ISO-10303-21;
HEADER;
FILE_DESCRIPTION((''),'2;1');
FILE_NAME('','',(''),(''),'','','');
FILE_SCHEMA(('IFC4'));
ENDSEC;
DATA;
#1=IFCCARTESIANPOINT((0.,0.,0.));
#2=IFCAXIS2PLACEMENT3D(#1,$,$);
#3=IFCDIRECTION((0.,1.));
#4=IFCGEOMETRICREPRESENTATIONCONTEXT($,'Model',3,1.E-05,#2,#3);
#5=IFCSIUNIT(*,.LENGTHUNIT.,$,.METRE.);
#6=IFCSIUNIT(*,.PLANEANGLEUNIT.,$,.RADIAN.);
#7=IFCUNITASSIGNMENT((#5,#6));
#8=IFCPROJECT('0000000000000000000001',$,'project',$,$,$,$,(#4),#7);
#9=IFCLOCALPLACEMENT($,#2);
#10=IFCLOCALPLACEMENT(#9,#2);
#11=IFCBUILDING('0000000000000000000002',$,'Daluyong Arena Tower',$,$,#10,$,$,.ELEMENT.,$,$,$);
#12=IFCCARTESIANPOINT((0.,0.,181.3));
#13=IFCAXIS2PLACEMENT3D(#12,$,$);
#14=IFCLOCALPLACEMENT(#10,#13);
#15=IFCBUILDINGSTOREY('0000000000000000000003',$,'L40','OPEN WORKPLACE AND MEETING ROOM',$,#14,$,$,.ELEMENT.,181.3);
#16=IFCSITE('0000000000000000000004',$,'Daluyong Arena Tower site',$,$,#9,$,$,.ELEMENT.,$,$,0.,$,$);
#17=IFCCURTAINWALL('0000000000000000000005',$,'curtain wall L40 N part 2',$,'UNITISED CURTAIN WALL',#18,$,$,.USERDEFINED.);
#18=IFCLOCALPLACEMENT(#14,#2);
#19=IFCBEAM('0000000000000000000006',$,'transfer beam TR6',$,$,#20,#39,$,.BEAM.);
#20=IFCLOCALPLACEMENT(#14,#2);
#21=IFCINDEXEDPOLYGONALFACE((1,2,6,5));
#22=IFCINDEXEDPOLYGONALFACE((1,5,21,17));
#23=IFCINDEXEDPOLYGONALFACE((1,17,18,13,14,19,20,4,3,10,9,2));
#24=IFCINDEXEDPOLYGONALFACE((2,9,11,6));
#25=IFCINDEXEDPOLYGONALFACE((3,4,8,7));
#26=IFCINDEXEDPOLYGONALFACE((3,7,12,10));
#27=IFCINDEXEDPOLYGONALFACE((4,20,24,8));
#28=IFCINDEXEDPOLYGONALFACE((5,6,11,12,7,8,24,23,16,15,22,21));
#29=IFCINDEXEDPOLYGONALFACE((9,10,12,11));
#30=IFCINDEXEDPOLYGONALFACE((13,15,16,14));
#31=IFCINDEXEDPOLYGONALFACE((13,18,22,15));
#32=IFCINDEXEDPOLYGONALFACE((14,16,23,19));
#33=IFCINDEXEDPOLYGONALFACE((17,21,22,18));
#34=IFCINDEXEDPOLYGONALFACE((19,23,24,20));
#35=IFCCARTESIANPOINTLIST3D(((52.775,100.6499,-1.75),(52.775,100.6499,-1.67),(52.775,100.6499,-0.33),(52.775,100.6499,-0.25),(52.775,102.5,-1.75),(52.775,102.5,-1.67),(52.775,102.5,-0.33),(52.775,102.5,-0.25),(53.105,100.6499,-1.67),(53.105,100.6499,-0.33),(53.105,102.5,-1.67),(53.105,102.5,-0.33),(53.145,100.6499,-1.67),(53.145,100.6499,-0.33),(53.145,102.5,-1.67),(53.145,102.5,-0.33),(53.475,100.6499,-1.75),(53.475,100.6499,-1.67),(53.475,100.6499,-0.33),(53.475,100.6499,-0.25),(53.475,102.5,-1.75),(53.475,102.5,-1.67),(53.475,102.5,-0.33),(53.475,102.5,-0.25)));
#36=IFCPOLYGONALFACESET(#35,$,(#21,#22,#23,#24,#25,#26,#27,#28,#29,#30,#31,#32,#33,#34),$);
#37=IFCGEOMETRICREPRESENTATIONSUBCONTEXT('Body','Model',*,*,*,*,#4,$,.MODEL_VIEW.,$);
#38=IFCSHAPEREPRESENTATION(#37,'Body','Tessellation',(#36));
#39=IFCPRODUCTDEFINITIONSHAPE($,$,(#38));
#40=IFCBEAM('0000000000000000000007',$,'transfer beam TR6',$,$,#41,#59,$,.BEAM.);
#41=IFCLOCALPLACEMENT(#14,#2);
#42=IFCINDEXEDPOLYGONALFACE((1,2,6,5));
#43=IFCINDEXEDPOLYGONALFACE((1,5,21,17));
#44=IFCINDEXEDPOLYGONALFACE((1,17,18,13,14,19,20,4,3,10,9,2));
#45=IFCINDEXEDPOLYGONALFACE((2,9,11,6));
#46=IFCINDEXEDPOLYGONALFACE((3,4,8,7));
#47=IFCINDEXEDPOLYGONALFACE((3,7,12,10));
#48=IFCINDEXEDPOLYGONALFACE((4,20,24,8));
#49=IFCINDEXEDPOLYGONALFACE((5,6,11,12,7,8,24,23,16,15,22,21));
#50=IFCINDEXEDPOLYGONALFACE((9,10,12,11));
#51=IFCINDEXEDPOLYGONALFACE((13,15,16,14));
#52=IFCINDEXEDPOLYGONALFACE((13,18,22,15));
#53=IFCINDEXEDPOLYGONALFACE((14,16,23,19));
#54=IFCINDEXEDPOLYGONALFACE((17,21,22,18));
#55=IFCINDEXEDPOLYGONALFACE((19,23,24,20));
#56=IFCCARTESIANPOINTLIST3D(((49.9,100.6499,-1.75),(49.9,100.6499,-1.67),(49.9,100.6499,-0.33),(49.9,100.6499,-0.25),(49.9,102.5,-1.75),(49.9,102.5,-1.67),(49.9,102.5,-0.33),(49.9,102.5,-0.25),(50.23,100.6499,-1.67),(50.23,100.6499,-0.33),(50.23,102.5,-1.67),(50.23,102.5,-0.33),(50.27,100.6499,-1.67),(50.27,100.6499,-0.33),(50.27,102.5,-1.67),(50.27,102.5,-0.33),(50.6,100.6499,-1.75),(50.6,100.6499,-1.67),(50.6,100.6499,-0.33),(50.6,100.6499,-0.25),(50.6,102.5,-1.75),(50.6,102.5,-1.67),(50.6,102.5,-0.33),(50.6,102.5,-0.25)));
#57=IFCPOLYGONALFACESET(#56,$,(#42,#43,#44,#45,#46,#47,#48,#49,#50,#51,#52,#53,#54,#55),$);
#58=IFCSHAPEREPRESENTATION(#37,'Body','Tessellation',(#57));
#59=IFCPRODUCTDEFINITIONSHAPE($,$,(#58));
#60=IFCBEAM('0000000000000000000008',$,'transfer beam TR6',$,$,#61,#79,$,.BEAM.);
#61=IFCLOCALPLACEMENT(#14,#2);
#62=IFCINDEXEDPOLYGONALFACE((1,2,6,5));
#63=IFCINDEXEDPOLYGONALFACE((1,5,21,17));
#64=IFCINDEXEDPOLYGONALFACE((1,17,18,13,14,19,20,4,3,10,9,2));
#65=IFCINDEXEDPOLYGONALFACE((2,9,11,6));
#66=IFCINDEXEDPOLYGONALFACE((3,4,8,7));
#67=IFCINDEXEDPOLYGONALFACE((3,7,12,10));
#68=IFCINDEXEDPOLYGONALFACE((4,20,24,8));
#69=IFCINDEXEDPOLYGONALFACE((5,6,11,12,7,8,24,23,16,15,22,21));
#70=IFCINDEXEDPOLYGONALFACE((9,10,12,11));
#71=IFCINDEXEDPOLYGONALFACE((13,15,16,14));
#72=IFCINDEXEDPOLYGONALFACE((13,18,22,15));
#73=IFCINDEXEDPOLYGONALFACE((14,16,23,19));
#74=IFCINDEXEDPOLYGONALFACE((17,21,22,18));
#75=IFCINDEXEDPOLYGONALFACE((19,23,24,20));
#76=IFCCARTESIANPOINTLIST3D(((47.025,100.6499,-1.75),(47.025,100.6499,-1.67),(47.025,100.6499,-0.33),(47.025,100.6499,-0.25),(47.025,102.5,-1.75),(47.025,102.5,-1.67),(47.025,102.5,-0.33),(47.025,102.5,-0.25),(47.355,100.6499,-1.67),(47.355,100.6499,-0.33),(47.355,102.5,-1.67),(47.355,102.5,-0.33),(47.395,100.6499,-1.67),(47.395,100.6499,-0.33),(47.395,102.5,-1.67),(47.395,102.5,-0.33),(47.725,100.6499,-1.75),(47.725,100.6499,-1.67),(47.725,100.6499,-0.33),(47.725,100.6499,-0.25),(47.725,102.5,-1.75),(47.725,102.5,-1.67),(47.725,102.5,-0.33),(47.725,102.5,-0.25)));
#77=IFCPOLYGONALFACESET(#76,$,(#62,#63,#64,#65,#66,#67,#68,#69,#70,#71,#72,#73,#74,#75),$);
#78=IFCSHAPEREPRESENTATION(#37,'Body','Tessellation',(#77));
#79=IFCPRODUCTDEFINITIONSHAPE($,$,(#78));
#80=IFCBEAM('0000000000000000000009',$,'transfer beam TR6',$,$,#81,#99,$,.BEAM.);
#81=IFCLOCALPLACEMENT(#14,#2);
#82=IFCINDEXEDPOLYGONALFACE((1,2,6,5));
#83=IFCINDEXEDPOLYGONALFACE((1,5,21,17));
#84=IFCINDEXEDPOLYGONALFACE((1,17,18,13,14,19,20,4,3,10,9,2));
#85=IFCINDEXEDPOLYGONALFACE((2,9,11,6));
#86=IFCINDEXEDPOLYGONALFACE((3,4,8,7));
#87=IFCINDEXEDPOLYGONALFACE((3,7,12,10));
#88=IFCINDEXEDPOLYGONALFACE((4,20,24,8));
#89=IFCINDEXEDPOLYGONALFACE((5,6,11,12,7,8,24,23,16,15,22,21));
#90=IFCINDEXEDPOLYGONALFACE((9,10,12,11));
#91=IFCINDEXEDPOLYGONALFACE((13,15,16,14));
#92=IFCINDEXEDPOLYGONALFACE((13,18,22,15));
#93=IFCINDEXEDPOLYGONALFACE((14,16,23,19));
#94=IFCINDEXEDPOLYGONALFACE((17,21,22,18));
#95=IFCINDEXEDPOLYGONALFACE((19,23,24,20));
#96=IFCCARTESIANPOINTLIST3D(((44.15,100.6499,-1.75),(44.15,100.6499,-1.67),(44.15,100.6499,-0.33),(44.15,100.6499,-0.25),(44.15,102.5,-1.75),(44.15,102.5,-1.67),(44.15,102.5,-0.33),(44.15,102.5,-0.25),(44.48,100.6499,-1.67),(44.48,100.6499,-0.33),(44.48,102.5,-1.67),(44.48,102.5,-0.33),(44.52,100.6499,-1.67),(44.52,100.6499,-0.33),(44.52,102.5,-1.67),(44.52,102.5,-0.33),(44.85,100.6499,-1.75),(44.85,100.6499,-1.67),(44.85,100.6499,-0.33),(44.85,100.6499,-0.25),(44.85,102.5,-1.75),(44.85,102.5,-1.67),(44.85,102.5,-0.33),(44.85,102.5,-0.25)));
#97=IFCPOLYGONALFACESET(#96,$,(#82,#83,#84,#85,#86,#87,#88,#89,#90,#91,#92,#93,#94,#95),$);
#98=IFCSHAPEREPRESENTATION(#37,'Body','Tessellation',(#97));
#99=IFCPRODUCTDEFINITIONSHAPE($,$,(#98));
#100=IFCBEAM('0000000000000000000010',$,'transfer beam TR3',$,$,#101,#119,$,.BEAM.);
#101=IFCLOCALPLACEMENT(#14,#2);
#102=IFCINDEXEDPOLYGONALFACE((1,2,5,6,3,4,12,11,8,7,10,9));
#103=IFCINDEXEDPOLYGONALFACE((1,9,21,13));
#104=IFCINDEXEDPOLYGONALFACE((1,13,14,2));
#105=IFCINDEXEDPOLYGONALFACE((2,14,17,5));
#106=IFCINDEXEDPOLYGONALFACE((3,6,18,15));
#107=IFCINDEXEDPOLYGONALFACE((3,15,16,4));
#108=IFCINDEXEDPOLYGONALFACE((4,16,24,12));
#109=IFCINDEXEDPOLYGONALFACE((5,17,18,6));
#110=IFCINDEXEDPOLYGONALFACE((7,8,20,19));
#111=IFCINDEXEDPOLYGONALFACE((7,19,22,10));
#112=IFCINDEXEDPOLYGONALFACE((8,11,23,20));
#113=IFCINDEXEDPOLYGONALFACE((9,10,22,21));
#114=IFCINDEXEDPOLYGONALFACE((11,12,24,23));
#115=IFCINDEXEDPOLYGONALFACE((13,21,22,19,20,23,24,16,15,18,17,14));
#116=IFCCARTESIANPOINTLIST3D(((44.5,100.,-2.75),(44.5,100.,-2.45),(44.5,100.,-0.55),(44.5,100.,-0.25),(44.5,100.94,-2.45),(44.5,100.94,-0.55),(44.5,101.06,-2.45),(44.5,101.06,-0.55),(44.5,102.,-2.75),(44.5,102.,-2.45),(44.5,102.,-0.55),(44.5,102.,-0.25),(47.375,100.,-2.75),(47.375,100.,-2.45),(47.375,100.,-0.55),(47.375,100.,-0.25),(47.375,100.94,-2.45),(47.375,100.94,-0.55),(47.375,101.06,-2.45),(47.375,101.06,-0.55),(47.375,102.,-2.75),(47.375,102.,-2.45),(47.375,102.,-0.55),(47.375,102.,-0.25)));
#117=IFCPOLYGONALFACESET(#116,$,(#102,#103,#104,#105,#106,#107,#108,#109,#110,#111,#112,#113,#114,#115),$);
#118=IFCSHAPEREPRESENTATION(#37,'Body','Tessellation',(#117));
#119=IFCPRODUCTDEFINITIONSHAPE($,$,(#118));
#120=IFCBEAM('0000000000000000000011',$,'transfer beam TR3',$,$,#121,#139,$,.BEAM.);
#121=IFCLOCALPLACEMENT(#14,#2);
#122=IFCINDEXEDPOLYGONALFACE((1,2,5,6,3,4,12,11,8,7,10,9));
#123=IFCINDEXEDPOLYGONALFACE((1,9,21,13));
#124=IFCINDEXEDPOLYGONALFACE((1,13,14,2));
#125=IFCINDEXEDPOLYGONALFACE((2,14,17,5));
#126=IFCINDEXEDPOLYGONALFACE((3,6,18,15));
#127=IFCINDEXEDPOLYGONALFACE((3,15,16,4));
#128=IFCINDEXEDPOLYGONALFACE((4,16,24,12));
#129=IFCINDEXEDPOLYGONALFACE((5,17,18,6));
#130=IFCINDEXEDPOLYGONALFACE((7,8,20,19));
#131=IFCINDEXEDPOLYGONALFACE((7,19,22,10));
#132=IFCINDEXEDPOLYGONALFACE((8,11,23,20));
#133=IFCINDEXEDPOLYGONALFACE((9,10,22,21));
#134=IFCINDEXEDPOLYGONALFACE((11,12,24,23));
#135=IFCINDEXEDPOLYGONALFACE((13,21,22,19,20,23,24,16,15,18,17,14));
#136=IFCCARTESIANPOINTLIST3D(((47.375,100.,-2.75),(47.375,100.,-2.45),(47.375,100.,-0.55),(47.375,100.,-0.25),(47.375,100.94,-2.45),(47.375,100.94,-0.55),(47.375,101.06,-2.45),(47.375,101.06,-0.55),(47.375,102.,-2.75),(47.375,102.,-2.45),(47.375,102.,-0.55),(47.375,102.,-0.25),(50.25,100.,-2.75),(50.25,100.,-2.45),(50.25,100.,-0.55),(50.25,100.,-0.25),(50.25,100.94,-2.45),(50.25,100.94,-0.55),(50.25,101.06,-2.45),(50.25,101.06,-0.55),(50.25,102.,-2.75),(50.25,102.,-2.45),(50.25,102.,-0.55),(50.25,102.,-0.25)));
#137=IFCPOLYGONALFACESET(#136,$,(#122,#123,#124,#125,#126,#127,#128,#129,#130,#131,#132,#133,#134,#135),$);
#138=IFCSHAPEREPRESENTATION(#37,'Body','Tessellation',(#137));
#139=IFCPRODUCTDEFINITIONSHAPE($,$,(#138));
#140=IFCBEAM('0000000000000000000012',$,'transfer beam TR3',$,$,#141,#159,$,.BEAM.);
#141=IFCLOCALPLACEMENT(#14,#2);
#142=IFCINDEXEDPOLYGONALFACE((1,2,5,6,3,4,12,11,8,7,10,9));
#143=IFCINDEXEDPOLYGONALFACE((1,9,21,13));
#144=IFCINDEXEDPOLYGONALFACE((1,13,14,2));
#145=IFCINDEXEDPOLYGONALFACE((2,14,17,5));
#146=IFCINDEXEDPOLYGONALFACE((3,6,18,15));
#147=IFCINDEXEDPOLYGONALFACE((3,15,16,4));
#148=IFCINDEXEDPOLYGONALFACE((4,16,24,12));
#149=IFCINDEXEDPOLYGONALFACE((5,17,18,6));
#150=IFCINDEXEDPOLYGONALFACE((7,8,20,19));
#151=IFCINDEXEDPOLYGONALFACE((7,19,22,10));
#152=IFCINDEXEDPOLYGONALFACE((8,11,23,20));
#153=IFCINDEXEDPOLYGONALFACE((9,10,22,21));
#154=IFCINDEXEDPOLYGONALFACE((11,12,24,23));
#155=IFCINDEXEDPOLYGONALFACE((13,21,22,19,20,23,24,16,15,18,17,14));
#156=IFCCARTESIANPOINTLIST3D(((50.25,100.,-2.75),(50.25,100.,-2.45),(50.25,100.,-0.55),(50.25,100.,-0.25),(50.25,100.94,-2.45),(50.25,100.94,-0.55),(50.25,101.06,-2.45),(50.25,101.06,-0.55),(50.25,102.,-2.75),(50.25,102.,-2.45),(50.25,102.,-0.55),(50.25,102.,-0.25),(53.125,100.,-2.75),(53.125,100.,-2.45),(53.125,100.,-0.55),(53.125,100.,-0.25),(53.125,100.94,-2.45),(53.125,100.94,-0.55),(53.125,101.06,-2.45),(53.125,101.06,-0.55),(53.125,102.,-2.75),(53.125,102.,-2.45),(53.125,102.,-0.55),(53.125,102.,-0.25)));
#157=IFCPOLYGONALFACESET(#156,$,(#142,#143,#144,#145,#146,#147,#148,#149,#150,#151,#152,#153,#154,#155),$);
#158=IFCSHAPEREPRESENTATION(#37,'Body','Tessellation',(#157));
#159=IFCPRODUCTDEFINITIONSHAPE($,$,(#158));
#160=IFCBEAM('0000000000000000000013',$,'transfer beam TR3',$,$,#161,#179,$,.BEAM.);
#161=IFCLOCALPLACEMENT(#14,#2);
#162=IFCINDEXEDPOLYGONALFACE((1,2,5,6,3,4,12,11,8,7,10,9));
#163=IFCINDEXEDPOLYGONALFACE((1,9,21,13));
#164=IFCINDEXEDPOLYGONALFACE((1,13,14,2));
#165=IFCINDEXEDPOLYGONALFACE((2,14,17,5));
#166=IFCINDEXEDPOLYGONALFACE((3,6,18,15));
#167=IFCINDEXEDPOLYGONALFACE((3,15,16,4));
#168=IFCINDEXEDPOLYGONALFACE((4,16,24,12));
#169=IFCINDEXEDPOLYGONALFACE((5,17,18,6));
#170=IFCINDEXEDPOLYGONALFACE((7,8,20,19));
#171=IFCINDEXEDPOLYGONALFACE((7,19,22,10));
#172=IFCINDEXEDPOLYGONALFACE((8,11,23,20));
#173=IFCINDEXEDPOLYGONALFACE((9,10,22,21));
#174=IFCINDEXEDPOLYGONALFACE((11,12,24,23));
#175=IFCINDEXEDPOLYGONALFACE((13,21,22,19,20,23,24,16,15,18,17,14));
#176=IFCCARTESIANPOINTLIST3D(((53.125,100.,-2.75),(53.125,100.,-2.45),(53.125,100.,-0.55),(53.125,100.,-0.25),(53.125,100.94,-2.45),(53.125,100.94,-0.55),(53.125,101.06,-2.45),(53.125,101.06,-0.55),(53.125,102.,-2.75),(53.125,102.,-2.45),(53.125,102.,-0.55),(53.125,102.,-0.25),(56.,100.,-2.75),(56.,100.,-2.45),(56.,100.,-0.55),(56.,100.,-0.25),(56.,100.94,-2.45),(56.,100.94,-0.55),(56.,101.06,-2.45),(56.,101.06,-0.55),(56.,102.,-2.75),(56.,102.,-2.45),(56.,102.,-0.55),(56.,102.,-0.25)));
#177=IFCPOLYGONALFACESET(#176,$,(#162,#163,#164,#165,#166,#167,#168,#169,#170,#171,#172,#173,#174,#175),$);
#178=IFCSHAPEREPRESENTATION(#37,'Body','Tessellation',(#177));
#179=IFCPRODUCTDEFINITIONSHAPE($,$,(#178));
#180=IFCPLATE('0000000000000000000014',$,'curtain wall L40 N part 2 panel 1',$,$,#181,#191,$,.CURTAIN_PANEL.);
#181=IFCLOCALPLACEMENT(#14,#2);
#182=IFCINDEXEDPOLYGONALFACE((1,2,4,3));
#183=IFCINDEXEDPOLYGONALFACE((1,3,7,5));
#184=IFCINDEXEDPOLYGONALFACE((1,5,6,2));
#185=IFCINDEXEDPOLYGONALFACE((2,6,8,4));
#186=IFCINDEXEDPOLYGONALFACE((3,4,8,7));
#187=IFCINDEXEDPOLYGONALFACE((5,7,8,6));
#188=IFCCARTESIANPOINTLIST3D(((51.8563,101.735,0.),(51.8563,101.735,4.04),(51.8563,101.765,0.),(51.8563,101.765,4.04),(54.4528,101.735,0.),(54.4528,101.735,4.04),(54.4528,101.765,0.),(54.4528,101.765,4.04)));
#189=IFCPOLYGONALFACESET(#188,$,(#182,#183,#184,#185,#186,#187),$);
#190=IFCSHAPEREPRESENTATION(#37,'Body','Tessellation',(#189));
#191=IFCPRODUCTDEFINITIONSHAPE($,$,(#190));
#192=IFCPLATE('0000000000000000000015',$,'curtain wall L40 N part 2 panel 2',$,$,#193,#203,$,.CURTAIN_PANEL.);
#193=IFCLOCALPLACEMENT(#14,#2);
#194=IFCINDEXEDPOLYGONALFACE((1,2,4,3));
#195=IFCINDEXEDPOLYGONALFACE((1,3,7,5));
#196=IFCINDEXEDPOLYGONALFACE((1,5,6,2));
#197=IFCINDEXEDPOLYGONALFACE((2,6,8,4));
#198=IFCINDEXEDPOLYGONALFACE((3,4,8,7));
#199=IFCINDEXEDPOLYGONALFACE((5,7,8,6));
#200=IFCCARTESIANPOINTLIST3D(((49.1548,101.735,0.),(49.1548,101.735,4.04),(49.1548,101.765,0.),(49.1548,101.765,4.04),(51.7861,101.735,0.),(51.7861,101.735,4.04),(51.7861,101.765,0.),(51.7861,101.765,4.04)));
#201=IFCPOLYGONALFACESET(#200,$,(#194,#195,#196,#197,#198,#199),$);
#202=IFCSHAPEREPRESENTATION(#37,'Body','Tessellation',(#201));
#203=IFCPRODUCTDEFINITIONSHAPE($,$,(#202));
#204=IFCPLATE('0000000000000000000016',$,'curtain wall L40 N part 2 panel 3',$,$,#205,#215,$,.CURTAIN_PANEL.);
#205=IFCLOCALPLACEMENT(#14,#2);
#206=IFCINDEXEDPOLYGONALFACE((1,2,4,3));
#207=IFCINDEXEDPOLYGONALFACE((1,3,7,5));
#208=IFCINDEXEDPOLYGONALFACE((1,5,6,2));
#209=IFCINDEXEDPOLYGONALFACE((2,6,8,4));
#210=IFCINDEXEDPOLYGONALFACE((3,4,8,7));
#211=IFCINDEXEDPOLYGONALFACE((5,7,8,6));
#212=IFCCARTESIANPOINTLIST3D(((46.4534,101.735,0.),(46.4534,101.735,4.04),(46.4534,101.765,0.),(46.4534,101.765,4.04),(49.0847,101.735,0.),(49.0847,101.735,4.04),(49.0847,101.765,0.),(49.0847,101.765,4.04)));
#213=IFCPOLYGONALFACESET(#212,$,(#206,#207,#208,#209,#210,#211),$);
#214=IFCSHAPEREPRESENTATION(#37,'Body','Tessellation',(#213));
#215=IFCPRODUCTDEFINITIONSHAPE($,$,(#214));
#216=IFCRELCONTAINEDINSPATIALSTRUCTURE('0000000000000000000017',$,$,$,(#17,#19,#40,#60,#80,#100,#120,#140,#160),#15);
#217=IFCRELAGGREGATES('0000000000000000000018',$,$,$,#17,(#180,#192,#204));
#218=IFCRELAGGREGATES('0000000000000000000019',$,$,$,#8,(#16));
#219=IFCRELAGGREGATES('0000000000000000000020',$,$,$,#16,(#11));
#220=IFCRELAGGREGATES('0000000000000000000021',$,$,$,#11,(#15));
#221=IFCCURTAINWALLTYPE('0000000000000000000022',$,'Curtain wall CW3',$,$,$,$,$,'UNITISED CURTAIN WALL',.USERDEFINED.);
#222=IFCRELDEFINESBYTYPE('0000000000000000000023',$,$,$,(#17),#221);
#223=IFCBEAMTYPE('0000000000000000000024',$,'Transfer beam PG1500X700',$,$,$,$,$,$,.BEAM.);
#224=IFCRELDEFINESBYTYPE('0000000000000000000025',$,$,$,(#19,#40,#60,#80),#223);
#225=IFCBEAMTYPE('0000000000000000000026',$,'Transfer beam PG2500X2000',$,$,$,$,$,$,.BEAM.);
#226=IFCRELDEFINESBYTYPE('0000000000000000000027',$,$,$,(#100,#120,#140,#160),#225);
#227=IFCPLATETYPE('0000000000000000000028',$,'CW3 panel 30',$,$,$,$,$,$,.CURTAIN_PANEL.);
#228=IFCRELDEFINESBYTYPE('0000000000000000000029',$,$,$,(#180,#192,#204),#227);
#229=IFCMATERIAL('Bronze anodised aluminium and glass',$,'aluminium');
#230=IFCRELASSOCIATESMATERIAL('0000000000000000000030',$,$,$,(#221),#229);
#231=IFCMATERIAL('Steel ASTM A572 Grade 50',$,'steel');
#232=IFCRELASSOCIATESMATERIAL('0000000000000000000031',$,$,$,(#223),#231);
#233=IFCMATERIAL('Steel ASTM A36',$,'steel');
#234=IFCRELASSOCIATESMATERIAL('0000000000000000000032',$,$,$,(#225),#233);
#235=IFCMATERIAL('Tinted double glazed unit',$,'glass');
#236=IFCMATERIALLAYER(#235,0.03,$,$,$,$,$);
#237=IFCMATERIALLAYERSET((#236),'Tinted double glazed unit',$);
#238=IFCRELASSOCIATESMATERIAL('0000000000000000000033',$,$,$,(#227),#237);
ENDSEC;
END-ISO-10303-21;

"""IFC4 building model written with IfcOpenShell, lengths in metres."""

from ifc_helpers import new_model, si_unit, direction, frame, origin, origin_2d, place, context, subcontext, project, spatial, rectangle, i_section, extrude, material, layer, layer_set, material_profile, profile_set, type_object, element, aggregate, save


model = new_model("IFC4")

# Units and contexts
model_context = context("Model", 3, precision=1e-05, world=origin(), true_north=direction((0.0, 1.0)))
body_context = subcontext(model_context, "Body", "Model", "MODEL_VIEW")
ifc_project = project(units=[si_unit("LENGTHUNIT", "METRE"), si_unit("PLANEANGLEUNIT", "RADIAN")], contexts=[model_context])

# Site, building, storey
site_placement = place(None, origin())
site = spatial("IfcSite", under=ifc_project, at=site_placement, Name="Daluyong Arena Tower site", CompositionType="ELEMENT", RefElevation=0.0)
building_placement = place(site_placement, origin())
building = spatial("IfcBuilding", under=site, at=building_placement, Name="Daluyong Arena Tower", CompositionType="ELEMENT")
storey_placement = place(building_placement, frame((0.0, 0.0, 181.3)))
storey = spatial("IfcBuildingStorey", under=building, at=storey_placement, Name="L40", Description="OPEN WORKPLACE AND MEETING ROOM", CompositionType="ELEMENT", Elevation=181.3)

# Curtain wall
ifc_material_1 = material(Name="Bronze anodised aluminium and glass", Category="aluminium")
curtain_wall_type = type_object("IfcCurtainWallType", Name="Curtain wall CW3", ElementType="UNITISED CURTAIN WALL", PredefinedType="USERDEFINED", material=ifc_material_1)
curtain_wall_placement = place(storey_placement, origin())
curtain_wall = element("IfcCurtainWall", 1, at=curtain_wall_placement, inside=storey, type_object=curtain_wall_type, Name="curtain wall L40 N part 2", ObjectType="UNITISED CURTAIN WALL", PredefinedType="USERDEFINED")

# Beams
ifc_material_2 = material(Name="Steel ASTM A572 Grade 50", Category="steel")
ifc_material_profile_1 = material_profile(ifc_material_2, i_section(OverallWidth=0.7, OverallDepth=1.5, WebThickness=0.04, FlangeThickness=0.08, at=origin_2d()))
ifc_profile_set_1 = profile_set([ifc_material_profile_1], Name="Steel ASTM A572 Grade 50")
beam_type_1 = type_object("IfcBeamType", Name="Transfer beam PG1500X700", PredefinedType="BEAM", material=ifc_profile_set_1)
for number, where, z_axis, x_axis, name in (
    (2, (53.125, 102.5, -1.0), (0.0, -1.0, 0.0), (1.0, 0.0, 0.0), "transfer beam TR6"),
    (3, (50.25, 102.5, -1.0), (0.0, -1.0, 0.0), (1.0, 0.0, 0.0), "transfer beam TR6"),
    (4, (47.375, 102.5, -1.0), (0.0, -1.0, 0.0), (1.0, 0.0, 0.0), "transfer beam TR6"),
    (5, (44.5, 102.5, -1.0), (0.0, -1.0, 0.0), (1.0, 0.0, 0.0), "transfer beam TR6"),
):
    element("IfcBeam", number, at=place(storey_placement, frame(where, z_axis=z_axis, x_axis=x_axis)), inside=storey, type_object=beam_type_1, Name=name, PredefinedType="BEAM", context=body_context, shape_type="SweptSolid", body=[
        extrude(i_section(OverallWidth=0.7, OverallDepth=1.5, WebThickness=0.04, FlangeThickness=0.08, at=origin_2d()), origin(), (0.0, 0.0, 1.0), 1.8501),
    ])
ifc_material_3 = material(Name="Steel ASTM A36", Category="steel")
ifc_material_profile_2 = material_profile(ifc_material_3, i_section(OverallWidth=2.0, OverallDepth=2.5, WebThickness=0.12, FlangeThickness=0.3, at=origin_2d()))
ifc_profile_set_2 = profile_set([ifc_material_profile_2], Name="Steel ASTM A36")
beam_type_2 = type_object("IfcBeamType", Name="Transfer beam PG2500X2000", PredefinedType="BEAM", material=ifc_profile_set_2)
for number, where, z_axis, x_axis, name in (
    (6, (44.5, 101.0, -1.5), (1.0, 0.0, 0.0), (0.0, 1.0, 0.0), "transfer beam TR3"),
    (7, (47.375, 101.0, -1.5), (1.0, 0.0, 0.0), (0.0, 1.0, 0.0), "transfer beam TR3"),
    (8, (50.25, 101.0, -1.5), (1.0, 0.0, 0.0), (0.0, 1.0, 0.0), "transfer beam TR3"),
    (9, (53.125, 101.0, -1.5), (1.0, 0.0, 0.0), (0.0, 1.0, 0.0), "transfer beam TR3"),
):
    element("IfcBeam", number, at=place(storey_placement, frame(where, z_axis=z_axis, x_axis=x_axis)), inside=storey, type_object=beam_type_2, Name=name, PredefinedType="BEAM", context=body_context, shape_type="SweptSolid", body=[
        extrude(i_section(OverallWidth=2.0, OverallDepth=2.5, WebThickness=0.12, FlangeThickness=0.3, at=origin_2d()), origin(), (0.0, 0.0, 1.0), 2.875),
    ])

# Plates
ifc_material_4 = material(Name="Tinted double glazed unit", Category="glass")
ifc_layer_1 = layer(ifc_material_4, 0.03)
ifc_layer_set_1 = layer_set([ifc_layer_1], Name="Tinted double glazed unit")
plate_type = type_object("IfcPlateType", Name="CW3 panel 30", PredefinedType="CURTAIN_PANEL", material=ifc_layer_set_1)
plate_1_placement = place(storey_placement, frame((53.1545, 101.75, 0.0), z_axis=(0.0, 0.0, 1.0), x_axis=(-1.0, 0.0, 0.0)))
plate_1 = element("IfcPlate", 10, at=plate_1_placement, type_object=plate_type, Name="curtain wall L40 N part 2 panel 1", PredefinedType="CURTAIN_PANEL", context=body_context, shape_type="SweptSolid", body=[
    extrude(rectangle(XDim=2.5964, YDim=0.03, at=origin_2d()), origin(), (0.0, 0.0, 1.0), 4.04),
])
plate_2_placement = place(storey_placement, frame((50.4705, 101.75, 0.0), z_axis=(0.0, 0.0, 1.0), x_axis=(-1.0, 0.0, 0.0)))
plate_2 = element("IfcPlate", 11, at=plate_2_placement, type_object=plate_type, Name="curtain wall L40 N part 2 panel 2", PredefinedType="CURTAIN_PANEL", context=body_context, shape_type="SweptSolid", body=[
    extrude(rectangle(XDim=2.6313, YDim=0.03, at=origin_2d()), origin(), (0.0, 0.0, 1.0), 4.04),
])
plate_3_placement = place(storey_placement, frame((47.769, 101.75, 0.0), z_axis=(0.0, 0.0, 1.0), x_axis=(-1.0, 0.0, 0.0)))
plate_3 = element("IfcPlate", 12, at=plate_3_placement, type_object=plate_type, Name="curtain wall L40 N part 2 panel 3", PredefinedType="CURTAIN_PANEL", context=body_context, shape_type="SweptSolid", body=[
    extrude(rectangle(XDim=2.6313, YDim=0.03, at=origin_2d()), origin(), (0.0, 0.0, 1.0), 4.04),
])
aggregate(curtain_wall, [plate_1, plate_2, plate_3])

save(model, "model.ifc")
